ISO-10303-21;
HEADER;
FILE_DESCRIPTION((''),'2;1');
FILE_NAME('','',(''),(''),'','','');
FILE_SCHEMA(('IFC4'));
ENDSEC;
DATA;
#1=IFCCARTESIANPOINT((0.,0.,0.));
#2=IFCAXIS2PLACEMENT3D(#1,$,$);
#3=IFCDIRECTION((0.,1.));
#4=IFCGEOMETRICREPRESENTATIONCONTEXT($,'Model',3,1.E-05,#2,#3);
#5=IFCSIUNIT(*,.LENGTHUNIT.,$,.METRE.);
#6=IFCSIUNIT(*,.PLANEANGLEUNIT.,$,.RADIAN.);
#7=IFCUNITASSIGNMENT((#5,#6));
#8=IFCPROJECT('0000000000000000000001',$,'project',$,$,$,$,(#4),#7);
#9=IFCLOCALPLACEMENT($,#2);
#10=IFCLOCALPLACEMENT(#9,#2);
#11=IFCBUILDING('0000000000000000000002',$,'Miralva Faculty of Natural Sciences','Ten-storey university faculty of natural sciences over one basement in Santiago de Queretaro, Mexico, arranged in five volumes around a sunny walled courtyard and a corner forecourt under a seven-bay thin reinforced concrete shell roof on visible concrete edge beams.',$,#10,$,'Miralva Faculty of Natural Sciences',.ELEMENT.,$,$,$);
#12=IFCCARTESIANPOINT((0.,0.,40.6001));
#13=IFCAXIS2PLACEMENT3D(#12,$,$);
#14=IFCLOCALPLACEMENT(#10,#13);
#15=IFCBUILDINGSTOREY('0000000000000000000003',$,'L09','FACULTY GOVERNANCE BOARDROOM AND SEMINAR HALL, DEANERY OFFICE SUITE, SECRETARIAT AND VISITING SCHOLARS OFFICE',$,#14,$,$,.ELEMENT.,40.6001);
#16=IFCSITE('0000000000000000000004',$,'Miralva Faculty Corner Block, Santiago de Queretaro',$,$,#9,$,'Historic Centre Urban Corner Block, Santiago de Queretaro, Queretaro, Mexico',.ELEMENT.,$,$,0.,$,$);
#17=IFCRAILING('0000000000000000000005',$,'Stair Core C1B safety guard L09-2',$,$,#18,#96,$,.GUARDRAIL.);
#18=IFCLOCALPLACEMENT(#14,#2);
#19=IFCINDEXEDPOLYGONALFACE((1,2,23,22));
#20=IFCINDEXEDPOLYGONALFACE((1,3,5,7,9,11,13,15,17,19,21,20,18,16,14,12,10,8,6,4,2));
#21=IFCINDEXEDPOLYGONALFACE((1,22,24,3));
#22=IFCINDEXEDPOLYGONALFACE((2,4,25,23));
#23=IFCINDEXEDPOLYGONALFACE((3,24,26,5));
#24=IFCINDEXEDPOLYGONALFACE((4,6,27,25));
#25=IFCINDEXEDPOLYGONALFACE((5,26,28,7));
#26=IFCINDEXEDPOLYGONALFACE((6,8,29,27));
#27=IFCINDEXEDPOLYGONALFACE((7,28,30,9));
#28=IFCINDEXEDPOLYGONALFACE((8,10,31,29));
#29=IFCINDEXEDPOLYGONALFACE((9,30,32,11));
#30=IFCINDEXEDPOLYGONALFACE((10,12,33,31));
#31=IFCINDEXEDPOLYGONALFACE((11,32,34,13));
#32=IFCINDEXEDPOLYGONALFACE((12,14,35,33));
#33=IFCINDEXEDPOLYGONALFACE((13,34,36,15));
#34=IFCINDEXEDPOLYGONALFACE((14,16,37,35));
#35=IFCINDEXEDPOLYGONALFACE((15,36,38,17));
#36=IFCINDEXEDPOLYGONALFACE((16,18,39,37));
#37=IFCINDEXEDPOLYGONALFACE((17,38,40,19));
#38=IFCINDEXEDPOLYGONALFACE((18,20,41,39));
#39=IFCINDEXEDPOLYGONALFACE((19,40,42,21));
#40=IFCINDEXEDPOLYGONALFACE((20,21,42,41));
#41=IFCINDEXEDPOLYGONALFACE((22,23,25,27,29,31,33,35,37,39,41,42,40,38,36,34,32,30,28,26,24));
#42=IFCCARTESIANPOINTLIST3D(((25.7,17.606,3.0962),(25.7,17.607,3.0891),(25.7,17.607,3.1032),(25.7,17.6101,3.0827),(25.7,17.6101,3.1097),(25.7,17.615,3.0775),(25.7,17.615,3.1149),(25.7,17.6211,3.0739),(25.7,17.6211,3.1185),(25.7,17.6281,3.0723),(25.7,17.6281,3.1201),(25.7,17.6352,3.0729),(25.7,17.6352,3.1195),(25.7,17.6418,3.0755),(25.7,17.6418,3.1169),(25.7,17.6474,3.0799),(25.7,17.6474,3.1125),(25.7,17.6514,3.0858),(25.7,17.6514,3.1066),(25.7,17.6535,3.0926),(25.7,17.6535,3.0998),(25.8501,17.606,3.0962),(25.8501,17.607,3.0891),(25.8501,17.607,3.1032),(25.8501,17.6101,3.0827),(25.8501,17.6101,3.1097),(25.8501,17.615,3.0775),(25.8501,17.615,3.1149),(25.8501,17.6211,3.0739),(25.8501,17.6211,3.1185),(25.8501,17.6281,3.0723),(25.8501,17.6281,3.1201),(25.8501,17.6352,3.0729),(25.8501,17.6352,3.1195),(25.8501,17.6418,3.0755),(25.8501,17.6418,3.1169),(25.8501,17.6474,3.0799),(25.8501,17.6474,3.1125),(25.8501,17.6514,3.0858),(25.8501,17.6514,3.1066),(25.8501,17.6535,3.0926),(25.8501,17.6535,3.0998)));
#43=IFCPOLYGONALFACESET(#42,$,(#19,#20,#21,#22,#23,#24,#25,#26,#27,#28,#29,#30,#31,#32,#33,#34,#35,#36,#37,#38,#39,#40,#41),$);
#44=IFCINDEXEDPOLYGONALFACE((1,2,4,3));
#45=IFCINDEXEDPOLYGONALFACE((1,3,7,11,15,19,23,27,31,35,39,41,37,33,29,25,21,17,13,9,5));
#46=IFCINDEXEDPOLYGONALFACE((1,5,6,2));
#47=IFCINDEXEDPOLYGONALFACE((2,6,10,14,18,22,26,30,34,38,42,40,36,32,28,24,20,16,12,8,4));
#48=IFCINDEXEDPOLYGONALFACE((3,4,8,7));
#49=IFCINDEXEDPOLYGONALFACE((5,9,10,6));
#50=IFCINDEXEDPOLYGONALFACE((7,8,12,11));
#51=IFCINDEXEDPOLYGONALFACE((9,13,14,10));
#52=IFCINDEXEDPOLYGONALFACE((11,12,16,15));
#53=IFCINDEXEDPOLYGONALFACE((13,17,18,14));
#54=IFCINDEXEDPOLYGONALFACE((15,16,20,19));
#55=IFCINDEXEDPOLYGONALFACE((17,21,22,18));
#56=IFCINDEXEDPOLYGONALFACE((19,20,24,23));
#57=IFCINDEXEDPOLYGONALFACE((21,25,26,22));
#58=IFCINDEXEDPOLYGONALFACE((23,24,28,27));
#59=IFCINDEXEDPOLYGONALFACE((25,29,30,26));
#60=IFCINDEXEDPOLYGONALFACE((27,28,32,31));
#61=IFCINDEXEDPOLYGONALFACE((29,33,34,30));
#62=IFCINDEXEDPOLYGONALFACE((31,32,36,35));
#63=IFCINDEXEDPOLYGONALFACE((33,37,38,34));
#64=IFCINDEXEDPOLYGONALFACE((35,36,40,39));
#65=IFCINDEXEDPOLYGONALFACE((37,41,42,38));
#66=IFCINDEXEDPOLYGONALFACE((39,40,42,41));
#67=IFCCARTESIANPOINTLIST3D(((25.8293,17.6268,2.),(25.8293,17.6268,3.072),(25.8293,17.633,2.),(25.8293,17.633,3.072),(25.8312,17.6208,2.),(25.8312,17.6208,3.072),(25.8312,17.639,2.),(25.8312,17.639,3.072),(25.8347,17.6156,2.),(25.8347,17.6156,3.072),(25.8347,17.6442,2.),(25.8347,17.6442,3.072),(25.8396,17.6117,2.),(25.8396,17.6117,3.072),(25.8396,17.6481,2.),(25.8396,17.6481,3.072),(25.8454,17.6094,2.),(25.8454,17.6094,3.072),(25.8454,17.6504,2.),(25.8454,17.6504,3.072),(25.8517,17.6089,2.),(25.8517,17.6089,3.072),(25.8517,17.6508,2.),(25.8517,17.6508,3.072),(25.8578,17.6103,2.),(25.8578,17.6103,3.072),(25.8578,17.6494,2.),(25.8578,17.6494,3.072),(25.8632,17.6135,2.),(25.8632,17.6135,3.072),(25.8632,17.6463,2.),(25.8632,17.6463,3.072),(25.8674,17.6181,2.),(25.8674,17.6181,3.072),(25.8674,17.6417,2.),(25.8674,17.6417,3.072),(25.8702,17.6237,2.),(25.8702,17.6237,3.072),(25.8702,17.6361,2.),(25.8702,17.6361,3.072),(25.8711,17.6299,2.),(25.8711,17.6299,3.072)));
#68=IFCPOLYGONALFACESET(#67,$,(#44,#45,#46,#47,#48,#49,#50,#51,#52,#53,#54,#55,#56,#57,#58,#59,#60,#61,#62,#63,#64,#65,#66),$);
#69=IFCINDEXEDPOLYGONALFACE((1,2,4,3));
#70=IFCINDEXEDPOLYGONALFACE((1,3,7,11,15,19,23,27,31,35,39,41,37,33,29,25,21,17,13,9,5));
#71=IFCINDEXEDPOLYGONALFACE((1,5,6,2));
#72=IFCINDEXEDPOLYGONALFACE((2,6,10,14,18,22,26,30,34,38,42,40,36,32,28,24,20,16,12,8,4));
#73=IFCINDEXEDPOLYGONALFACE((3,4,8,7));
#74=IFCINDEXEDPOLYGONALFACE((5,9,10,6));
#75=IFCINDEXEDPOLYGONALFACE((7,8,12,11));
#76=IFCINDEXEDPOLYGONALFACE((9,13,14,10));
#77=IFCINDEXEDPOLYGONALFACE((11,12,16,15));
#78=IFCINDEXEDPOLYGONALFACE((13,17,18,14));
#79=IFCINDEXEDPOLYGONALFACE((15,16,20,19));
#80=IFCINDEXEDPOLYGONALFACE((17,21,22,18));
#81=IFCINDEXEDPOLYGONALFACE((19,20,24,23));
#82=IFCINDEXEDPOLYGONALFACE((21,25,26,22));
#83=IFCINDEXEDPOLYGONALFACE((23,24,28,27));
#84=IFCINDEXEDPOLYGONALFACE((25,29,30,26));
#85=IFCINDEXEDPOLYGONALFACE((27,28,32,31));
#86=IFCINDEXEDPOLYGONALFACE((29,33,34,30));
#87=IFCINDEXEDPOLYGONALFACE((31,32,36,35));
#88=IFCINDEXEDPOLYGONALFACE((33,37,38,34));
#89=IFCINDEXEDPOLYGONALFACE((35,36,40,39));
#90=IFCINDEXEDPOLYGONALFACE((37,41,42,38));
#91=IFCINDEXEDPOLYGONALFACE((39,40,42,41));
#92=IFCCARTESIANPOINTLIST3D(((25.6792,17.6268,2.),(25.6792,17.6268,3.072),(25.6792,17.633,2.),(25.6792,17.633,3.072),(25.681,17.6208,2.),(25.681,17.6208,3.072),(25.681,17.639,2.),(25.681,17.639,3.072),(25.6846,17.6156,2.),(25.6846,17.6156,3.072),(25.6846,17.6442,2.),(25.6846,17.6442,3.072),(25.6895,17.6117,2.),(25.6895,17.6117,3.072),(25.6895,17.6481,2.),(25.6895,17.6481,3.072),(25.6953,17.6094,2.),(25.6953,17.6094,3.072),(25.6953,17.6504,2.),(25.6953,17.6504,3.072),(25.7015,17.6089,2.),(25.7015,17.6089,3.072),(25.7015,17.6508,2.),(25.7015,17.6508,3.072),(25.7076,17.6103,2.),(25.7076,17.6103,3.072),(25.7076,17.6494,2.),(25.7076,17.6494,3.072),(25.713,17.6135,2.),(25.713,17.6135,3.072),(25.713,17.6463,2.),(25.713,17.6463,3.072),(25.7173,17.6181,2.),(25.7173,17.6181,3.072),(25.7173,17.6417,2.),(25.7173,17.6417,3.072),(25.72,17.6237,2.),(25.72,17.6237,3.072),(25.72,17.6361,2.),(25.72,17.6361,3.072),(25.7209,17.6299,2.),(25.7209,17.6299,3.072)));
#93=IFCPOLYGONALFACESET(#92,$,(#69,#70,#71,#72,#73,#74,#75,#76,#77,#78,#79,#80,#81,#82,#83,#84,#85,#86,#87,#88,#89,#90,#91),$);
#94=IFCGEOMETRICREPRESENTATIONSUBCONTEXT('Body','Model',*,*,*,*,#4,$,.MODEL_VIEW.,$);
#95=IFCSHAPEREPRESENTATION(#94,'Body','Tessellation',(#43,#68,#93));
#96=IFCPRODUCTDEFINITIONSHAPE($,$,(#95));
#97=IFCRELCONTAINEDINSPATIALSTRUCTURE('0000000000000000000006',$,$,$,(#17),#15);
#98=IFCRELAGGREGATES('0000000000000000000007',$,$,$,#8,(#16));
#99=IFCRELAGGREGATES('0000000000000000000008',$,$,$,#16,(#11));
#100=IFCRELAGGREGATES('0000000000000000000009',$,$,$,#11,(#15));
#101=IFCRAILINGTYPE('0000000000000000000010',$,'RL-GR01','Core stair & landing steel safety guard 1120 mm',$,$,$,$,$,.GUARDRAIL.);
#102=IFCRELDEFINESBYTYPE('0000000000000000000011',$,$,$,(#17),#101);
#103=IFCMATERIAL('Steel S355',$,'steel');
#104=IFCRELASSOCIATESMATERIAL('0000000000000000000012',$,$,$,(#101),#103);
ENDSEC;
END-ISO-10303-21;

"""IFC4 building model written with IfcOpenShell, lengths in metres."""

from ifc_helpers import new_model, si_unit, direction, frame, origin, origin_2d, place, context, subcontext, project, spatial, circle, extrude, material, type_object, element, save


model = new_model("IFC4")

# Units and contexts
model_context = context("Model", 3, precision=1e-05, world=origin(), true_north=direction((0.0, 1.0)))
body_context = subcontext(model_context, "Body", "Model", "MODEL_VIEW")
ifc_project = project(units=[si_unit("LENGTHUNIT", "METRE"), si_unit("PLANEANGLEUNIT", "RADIAN")], contexts=[model_context])

# Site, building, storey
site_placement = place(None, origin())
site = spatial("IfcSite", under=ifc_project, at=site_placement, Name="Miralva Faculty Corner Block, Santiago de Queretaro", LongName="Historic Centre Urban Corner Block, Santiago de Queretaro, Queretaro, Mexico", CompositionType="ELEMENT", RefElevation=0.0)
building_placement = place(site_placement, origin())
building = spatial("IfcBuilding", under=site, at=building_placement, Name="Miralva Faculty of Natural Sciences", Description="Ten-storey university faculty of natural sciences over one basement in Santiago de Queretaro, Mexico, arranged in five volumes around a sunny walled courtyard and a corner forecourt under a seven-bay thin reinforced concrete shell roof on visible concrete edge beams.", LongName="Miralva Faculty of Natural Sciences", CompositionType="ELEMENT")
storey_placement = place(building_placement, frame((0.0, 0.0, 40.6001)))
storey = spatial("IfcBuildingStorey", under=building, at=storey_placement, Name="L09", Description="FACULTY GOVERNANCE BOARDROOM AND SEMINAR HALL, DEANERY OFFICE SUITE, SECRETARIAT AND VISITING SCHOLARS OFFICE", CompositionType="ELEMENT", Elevation=40.6001)

# Railing
ifc_material_1 = material(Name="Steel S355", Category="steel")
railing_type_1 = type_object("IfcRailingType", Name="RL-GR01", Description="Core stair & landing steel safety guard 1120 mm", PredefinedType="GUARDRAIL", material=ifc_material_1)
railing_1_placement = place(storey_placement, frame((25.8501, 17.6299, 2.0)))
element("IfcRailing", 1, at=railing_1_placement, inside=storey, type_object=railing_type_1, Name="Stair Core C1B safety guard L09-2", PredefinedType="GUARDRAIL", context=body_context, shape_type="SweptSolid", body=[
    extrude(circle(Radius=0.0239, at=origin_2d()), frame((0.0, 0.0, 1.0962), z_axis=(-1.0, 0.0, 0.0), x_axis=(0.0, -1.0, 0.0)), (0.0, 0.0, 1.0), 0.1501),
    extrude(circle(Radius=0.021, at=origin_2d()), origin(), (0.0, 0.0, 1.0), 1.072),
    extrude(circle(Radius=0.021, at=origin_2d()), frame((-0.1501, 0.0, 0.0)), (0.0, 0.0, 1.0), 1.072),
])

save(model, "model.ifc")
